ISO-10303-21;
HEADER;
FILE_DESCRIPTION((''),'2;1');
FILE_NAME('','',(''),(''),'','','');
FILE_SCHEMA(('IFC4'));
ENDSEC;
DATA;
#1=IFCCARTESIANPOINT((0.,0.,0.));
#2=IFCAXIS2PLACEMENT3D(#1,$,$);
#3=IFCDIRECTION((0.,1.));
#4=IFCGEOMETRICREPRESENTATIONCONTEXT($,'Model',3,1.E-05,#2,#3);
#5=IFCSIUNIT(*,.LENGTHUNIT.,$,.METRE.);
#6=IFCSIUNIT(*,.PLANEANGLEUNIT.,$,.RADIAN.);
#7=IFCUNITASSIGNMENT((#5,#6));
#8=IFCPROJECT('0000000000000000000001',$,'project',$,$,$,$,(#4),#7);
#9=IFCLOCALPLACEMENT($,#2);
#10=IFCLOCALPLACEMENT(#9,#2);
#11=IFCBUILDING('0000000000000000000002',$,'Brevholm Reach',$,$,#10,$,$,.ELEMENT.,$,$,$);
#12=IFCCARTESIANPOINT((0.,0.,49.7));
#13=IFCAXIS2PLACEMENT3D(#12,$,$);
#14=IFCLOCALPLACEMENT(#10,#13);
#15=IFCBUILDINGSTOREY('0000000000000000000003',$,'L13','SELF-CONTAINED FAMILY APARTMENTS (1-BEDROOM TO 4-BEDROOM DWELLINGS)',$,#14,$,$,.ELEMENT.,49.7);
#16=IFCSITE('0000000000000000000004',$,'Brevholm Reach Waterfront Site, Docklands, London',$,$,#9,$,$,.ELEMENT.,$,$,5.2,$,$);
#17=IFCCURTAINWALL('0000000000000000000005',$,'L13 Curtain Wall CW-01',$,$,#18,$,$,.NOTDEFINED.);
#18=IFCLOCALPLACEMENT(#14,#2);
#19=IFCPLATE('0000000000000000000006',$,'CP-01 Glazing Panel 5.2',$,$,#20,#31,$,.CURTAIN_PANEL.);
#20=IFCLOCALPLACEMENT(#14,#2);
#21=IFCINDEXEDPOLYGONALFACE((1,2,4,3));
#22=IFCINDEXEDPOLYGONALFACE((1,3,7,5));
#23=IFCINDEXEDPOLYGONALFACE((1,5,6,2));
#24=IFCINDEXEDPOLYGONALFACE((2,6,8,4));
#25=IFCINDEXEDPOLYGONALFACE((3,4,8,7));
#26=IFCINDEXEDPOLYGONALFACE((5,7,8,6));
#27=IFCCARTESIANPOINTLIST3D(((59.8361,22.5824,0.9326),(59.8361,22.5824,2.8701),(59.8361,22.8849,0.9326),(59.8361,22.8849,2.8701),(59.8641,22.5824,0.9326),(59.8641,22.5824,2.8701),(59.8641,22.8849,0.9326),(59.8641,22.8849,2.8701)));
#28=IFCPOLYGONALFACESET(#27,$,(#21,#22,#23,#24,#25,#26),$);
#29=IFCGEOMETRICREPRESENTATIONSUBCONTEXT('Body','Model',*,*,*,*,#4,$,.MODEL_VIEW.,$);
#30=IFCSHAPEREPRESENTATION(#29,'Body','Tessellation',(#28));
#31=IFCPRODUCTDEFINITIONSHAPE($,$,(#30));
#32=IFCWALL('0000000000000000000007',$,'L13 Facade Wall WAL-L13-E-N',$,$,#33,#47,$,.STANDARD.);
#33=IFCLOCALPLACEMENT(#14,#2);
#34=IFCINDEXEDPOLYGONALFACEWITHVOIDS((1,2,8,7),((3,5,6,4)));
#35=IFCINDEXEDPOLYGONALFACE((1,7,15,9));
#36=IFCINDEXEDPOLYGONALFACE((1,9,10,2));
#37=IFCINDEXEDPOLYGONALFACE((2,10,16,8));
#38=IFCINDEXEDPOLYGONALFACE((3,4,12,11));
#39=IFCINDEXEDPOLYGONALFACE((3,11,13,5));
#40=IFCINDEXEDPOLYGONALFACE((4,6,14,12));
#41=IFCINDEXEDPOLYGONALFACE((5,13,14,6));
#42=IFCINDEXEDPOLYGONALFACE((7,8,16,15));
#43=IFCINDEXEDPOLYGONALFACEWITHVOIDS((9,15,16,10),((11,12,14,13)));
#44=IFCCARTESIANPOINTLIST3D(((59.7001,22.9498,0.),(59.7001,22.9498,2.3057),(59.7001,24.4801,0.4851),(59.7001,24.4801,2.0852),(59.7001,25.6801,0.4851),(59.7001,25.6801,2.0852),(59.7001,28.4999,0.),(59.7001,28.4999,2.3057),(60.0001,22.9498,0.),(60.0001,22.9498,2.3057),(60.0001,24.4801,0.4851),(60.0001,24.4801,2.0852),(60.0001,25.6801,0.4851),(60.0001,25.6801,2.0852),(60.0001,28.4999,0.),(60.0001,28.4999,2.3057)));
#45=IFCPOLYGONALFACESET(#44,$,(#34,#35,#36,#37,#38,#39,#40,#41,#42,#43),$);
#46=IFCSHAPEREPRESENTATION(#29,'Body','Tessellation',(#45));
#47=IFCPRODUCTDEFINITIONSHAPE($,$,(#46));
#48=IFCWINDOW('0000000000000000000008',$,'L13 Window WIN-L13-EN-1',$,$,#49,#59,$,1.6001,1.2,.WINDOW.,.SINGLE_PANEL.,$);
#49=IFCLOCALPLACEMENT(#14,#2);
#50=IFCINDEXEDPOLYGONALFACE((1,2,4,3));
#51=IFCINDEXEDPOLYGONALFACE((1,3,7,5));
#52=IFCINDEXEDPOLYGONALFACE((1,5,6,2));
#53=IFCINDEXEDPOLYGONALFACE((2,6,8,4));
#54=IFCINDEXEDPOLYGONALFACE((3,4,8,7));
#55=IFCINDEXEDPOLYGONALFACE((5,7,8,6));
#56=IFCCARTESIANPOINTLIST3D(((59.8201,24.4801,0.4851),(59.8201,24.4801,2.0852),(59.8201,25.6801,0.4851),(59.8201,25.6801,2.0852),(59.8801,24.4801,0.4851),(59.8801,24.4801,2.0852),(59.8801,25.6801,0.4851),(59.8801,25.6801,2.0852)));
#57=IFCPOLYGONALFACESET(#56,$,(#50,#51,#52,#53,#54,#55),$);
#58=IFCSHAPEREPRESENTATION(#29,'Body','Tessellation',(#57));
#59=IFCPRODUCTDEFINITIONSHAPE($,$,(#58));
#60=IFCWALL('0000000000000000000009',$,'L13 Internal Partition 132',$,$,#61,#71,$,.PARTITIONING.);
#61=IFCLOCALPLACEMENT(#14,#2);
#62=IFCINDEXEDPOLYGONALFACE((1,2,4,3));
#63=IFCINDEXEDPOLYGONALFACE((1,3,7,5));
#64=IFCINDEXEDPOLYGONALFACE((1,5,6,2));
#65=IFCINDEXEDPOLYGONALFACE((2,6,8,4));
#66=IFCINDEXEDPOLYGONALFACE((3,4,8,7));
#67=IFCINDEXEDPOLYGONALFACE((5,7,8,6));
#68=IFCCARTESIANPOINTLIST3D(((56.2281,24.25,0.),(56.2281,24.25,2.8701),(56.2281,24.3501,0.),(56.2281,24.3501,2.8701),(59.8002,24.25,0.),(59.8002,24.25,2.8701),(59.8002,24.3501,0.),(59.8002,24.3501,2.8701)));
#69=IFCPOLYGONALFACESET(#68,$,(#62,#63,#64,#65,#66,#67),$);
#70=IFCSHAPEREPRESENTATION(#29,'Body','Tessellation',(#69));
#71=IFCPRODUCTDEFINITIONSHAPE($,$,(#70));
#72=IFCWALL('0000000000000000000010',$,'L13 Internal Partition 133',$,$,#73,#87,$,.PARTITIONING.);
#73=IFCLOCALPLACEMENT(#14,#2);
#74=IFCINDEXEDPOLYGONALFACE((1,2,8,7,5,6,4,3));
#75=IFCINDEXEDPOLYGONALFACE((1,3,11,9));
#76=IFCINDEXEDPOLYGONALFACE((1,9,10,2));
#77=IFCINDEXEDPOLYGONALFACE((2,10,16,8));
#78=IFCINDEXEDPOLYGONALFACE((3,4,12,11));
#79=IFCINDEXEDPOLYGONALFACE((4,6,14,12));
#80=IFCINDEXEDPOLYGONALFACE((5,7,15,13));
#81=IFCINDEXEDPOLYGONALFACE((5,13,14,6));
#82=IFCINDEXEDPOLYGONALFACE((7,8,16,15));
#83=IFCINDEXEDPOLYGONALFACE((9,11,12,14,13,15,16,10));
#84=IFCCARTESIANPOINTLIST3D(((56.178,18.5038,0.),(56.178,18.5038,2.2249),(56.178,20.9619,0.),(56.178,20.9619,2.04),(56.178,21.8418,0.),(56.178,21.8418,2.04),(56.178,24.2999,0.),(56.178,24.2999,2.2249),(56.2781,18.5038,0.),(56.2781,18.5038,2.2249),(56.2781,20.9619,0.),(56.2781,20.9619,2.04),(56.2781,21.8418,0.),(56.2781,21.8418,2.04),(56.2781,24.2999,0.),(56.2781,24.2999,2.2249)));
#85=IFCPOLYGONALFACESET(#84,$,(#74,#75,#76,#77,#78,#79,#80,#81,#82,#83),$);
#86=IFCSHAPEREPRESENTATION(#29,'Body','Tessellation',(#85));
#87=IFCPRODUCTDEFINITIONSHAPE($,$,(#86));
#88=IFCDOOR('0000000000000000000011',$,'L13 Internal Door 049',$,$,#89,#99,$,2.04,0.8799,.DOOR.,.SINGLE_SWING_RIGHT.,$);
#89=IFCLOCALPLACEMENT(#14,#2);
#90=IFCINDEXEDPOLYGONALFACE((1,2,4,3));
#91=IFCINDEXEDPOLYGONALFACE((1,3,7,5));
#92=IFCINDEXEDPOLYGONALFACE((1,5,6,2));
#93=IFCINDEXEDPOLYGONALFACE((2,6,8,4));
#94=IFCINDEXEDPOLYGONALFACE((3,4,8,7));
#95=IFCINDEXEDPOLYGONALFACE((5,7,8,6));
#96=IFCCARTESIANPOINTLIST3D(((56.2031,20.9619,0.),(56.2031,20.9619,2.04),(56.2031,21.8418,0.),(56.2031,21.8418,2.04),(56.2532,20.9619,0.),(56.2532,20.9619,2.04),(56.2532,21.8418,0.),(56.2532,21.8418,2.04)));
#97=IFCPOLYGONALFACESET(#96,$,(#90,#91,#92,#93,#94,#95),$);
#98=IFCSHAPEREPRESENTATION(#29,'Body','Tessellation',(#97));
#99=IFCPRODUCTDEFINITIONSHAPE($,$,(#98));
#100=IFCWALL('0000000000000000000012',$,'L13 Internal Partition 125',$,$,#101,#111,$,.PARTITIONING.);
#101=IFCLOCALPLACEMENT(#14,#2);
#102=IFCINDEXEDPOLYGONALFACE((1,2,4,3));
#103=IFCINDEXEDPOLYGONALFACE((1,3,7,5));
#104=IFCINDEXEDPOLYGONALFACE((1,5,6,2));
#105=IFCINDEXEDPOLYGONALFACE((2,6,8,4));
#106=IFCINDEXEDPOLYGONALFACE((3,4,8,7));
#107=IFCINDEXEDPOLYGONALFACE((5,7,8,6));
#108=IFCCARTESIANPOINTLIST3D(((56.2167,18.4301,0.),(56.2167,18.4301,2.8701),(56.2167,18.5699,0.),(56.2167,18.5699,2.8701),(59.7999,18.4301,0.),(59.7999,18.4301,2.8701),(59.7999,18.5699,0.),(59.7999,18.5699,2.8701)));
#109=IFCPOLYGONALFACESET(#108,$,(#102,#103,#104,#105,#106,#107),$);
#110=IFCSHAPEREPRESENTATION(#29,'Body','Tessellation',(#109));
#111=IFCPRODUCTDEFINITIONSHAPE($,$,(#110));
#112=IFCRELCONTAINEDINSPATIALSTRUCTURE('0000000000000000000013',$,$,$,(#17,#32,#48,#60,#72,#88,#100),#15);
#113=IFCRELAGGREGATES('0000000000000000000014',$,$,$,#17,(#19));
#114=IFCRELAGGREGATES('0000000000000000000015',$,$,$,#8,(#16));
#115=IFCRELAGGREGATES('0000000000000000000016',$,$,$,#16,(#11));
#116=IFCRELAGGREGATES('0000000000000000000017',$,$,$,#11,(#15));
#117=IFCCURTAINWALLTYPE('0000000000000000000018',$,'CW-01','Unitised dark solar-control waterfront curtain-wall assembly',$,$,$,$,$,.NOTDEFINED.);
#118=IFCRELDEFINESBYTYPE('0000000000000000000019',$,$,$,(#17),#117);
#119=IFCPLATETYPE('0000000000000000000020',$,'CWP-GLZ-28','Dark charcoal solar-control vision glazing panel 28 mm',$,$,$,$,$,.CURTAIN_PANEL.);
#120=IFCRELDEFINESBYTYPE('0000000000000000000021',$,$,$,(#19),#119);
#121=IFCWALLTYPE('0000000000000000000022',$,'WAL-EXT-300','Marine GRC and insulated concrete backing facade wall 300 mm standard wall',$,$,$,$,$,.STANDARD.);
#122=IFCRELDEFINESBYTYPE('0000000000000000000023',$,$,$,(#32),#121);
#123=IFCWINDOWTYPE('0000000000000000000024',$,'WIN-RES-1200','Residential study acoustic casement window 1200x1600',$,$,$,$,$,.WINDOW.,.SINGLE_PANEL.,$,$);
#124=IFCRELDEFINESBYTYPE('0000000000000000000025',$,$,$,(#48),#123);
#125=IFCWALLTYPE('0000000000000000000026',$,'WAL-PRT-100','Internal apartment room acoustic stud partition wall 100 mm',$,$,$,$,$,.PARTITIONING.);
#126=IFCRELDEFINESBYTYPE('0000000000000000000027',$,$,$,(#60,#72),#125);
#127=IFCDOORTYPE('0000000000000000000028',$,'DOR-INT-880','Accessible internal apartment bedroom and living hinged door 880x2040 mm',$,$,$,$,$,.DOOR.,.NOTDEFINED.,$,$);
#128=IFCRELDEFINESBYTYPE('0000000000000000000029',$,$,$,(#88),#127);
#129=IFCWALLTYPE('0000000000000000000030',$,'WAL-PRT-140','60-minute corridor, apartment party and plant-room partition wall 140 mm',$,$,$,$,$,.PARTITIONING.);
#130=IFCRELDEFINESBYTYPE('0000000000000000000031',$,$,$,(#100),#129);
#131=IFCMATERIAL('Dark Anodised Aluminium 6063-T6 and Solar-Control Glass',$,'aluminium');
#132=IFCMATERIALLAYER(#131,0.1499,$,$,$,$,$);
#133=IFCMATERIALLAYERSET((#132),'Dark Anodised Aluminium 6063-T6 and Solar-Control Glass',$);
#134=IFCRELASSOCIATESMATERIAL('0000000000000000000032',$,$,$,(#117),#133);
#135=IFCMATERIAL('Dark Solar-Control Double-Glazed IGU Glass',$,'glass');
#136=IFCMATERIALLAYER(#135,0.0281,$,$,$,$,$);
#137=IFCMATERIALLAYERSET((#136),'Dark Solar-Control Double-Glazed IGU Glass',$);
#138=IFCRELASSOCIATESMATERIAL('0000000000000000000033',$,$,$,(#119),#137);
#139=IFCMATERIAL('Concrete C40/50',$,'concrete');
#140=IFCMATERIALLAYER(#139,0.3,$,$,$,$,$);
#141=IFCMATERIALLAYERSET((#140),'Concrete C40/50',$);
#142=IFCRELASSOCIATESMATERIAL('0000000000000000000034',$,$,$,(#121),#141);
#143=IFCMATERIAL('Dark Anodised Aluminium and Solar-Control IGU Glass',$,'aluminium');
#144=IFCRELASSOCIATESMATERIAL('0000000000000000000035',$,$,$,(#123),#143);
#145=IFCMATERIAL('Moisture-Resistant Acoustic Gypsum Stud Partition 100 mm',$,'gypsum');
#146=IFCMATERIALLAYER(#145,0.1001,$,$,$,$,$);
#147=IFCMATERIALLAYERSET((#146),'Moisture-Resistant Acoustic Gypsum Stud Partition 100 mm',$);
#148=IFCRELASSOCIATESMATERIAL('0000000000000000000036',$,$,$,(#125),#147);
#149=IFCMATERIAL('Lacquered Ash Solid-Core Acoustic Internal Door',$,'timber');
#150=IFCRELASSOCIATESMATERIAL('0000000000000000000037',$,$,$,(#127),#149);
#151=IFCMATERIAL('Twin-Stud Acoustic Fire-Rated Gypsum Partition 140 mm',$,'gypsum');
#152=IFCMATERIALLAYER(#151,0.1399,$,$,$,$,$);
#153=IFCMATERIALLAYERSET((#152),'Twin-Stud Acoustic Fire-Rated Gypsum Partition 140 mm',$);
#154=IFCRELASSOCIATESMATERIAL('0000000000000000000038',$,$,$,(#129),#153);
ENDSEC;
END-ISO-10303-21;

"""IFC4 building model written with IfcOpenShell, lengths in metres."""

from ifc_helpers import new_model, si_unit, direction, frame, frame_2d, origin, origin_2d, place, context, subcontext, project, spatial, rectangle, extrude, material, layer, layer_set, type_object, element, fill, aggregate, save


model = new_model("IFC4")

# Units and contexts
model_context = context("Model", 3, precision=1e-05, world=origin(), true_north=direction((0.0, 1.0)))
body_context = subcontext(model_context, "Body", "Model", "MODEL_VIEW")
ifc_project = project(units=[si_unit("LENGTHUNIT", "METRE"), si_unit("PLANEANGLEUNIT", "RADIAN")], contexts=[model_context])

# Site, building, storey
site_placement = place(None, origin())
site = spatial("IfcSite", under=ifc_project, at=site_placement, Name="Brevholm Reach Waterfront Site, Docklands, London", CompositionType="ELEMENT", RefElevation=5.2)
building_placement = place(site_placement, origin())
building = spatial("IfcBuilding", under=site, at=building_placement, Name="Brevholm Reach", CompositionType="ELEMENT")
storey_placement = place(building_placement, frame((0.0, 0.0, 49.7)))
storey = spatial("IfcBuildingStorey", under=building, at=storey_placement, Name="L13", Description="SELF-CONTAINED FAMILY APARTMENTS (1-BEDROOM TO 4-BEDROOM DWELLINGS)", CompositionType="ELEMENT", Elevation=49.7)

# Curtain wall, plate
ifc_material_1 = material(Name="Dark Anodised Aluminium 6063-T6 and Solar-Control Glass", Category="aluminium")
ifc_layer_1 = layer(ifc_material_1, 0.1499)
ifc_layer_set_1 = layer_set([ifc_layer_1], Name="Dark Anodised Aluminium 6063-T6 and Solar-Control Glass")
curtain_wall_type = type_object("IfcCurtainWallType", Name="CW-01", Description="Unitised dark solar-control waterfront curtain-wall assembly", PredefinedType="NOTDEFINED", material=ifc_layer_set_1)
curtain_wall_placement = place(storey_placement, origin())
curtain_wall = element("IfcCurtainWall", 1, at=curtain_wall_placement, inside=storey, type_object=curtain_wall_type, Name="L13 Curtain Wall CW-01", PredefinedType="NOTDEFINED")
ifc_material_2 = material(Name="Dark Solar-Control Double-Glazed IGU Glass", Category="glass")
ifc_layer_2 = layer(ifc_material_2, 0.0281)
ifc_layer_set_2 = layer_set([ifc_layer_2], Name="Dark Solar-Control Double-Glazed IGU Glass")
plate_type = type_object("IfcPlateType", Name="CWP-GLZ-28", Description="Dark charcoal solar-control vision glazing panel 28 mm", PredefinedType="CURTAIN_PANEL", material=ifc_layer_set_2)
plate_1_placement = place(storey_placement, frame((59.8501, 22.7336, 0.9326), z_axis=(0.0, 0.0, 1.0), x_axis=(0.0, 1.0, 0.0)))
plate_1 = element("IfcPlate", 2, at=plate_1_placement, type_object=plate_type, Name="CP-01 Glazing Panel 5.2", PredefinedType="CURTAIN_PANEL", context=body_context, shape_type="SweptSolid", body=[
    extrude(rectangle(XDim=0.3025, YDim=0.0281, at=origin_2d()), origin(), (0.0, 0.0, 1.0), 1.9375),
])
aggregate(curtain_wall, [plate_1])

# Wall, opening, window
ifc_material_3 = material(Name="Concrete C40/50", Category="concrete")
ifc_layer_3 = layer(ifc_material_3, 0.3)
ifc_layer_set_3 = layer_set([ifc_layer_3], Name="Concrete C40/50")
wall_type_1 = type_object("IfcWallType", Name="WAL-EXT-300", Description="Marine GRC and insulated concrete backing facade wall 300 mm standard wall", PredefinedType="STANDARD", material=ifc_layer_set_3)
wall_1_placement = place(storey_placement, frame((59.8501, 22.95, 0.0), z_axis=(0.0, 0.0, 1.0), x_axis=(0.0, 1.0, 0.0)))
wall_1 = element("IfcWall", 3, at=wall_1_placement, inside=storey, type_object=wall_type_1, Name="L13 Facade Wall WAL-L13-E-N", PredefinedType="STANDARD", context=body_context, shape_type="SweptSolid", body=[
    extrude(rectangle(XDim=5.55, YDim=0.3, at=frame_2d((2.7749, 0.0))), origin(), (0.0, 0.0, 1.0), 2.3057),
])
opening_1_placement = place(wall_1_placement, frame((1.53, 0.0, 0.4851)))
opening_1 = element("IfcOpeningElement", 4, at=opening_1_placement, cuts=wall_1, PredefinedType="OPENING", context=body_context, shape_type="SweptSolid", body=[
    extrude(rectangle(XDim=1.2, YDim=1.6001, at=frame_2d((0.6001, 0.8))), frame((0.0, 0.1599, 0.0), z_axis=(0.0, -1.0, 0.0), x_axis=(1.0, 0.0, 0.0)), (0.0, 0.0, 1.0), 0.3201),
])
ifc_material_4 = material(Name="Dark Anodised Aluminium and Solar-Control IGU Glass", Category="aluminium")
window_type = type_object("IfcWindowType", Name="WIN-RES-1200", Description="Residential study acoustic casement window 1200x1600", PartitioningType="SINGLE_PANEL", PredefinedType="WINDOW", material=ifc_material_4)
window_placement = place(opening_1_placement, origin())
window = element("IfcWindow", 5, at=window_placement, inside=storey, type_object=window_type, Name="L13 Window WIN-L13-EN-1", OverallHeight=1.6001, OverallWidth=1.2, PartitioningType="SINGLE_PANEL", PredefinedType="WINDOW", context=body_context, shape_type="SweptSolid", body=[
    extrude(rectangle(XDim=1.2, YDim=1.6001, at=frame_2d((0.6001, 0.8))), frame((0.0, 0.03, 0.0), z_axis=(0.0, -1.0, 0.0), x_axis=(1.0, 0.0, 0.0)), (0.0, 0.0, 1.0), 0.0601),
])
fill(opening_1, window)

# Wall
ifc_material_5 = material(Name="Moisture-Resistant Acoustic Gypsum Stud Partition 100 mm", Category="gypsum")
ifc_layer_4 = layer(ifc_material_5, 0.1001)
ifc_layer_set_4 = layer_set([ifc_layer_4], Name="Moisture-Resistant Acoustic Gypsum Stud Partition 100 mm")
wall_type_2 = type_object("IfcWallType", Name="WAL-PRT-100", Description="Internal apartment room acoustic stud partition wall 100 mm", PredefinedType="PARTITIONING", material=ifc_layer_set_4)
wall_2_placement = place(storey_placement, frame((56.228, 24.3, 0.0), z_axis=(0.0, 0.0, 1.0), x_axis=(1.0, 0.0, 0.0)))
element("IfcWall", 6, at=wall_2_placement, inside=storey, type_object=wall_type_2, Name="L13 Internal Partition 132", PredefinedType="PARTITIONING", context=body_context, shape_type="SweptSolid", body=[
    extrude(rectangle(XDim=3.572, YDim=0.1001, at=frame_2d((1.7861, 0.0))), origin(), (0.0, 0.0, 1.0), 2.8701),
])

# Wall, opening, door
wall_3_placement = place(storey_placement, frame((56.228, 18.5039, 0.0), z_axis=(0.0, 0.0, 1.0), x_axis=(0.0, 1.0, 0.0)))
wall_3 = element("IfcWall", 7, at=wall_3_placement, inside=storey, type_object=wall_type_2, Name="L13 Internal Partition 133", PredefinedType="PARTITIONING", context=body_context, shape_type="SweptSolid", body=[
    extrude(rectangle(XDim=5.7961, YDim=0.1001, at=frame_2d((2.8979, 0.0))), origin(), (0.0, 0.0, 1.0), 2.2249),
])
opening_2_placement = place(wall_3_placement, frame((2.458, 0.0, 0.0)))
opening_2 = element("IfcOpeningElement", 8, at=opening_2_placement, cuts=wall_3, PredefinedType="OPENING", context=body_context, shape_type="SweptSolid", body=[
    extrude(rectangle(XDim=0.8799, YDim=2.04, at=frame_2d((0.4399, 1.02))), frame((0.0, 0.0601, 0.0), z_axis=(0.0, -1.0, 0.0), x_axis=(1.0, 0.0, 0.0)), (0.0, 0.0, 1.0), 0.1201),
])
ifc_material_6 = material(Name="Lacquered Ash Solid-Core Acoustic Internal Door", Category="timber")
door_type = type_object("IfcDoorType", Name="DOR-INT-880", Description="Accessible internal apartment bedroom and living hinged door 880x2040 mm", OperationType="NOTDEFINED", PredefinedType="DOOR", material=ifc_material_6)
door_placement = place(opening_2_placement, origin())
door = element("IfcDoor", 9, at=door_placement, inside=storey, type_object=door_type, Name="L13 Internal Door 049", OperationType="SINGLE_SWING_RIGHT", OverallHeight=2.04, OverallWidth=0.8799, PredefinedType="DOOR", context=body_context, shape_type="SweptSolid", body=[
    extrude(rectangle(XDim=0.8799, YDim=2.04, at=frame_2d((0.4399, 1.02))), frame((0.0, 0.0249, 0.0), z_axis=(0.0, -1.0, 0.0), x_axis=(1.0, 0.0, 0.0)), (0.0, 0.0, 1.0), 0.05),
])
fill(opening_2, door)

# Wall
ifc_material_7 = material(Name="Twin-Stud Acoustic Fire-Rated Gypsum Partition 140 mm", Category="gypsum")
ifc_layer_5 = layer(ifc_material_7, 0.1399)
ifc_layer_set_5 = layer_set([ifc_layer_5], Name="Twin-Stud Acoustic Fire-Rated Gypsum Partition 140 mm")
wall_type_3 = type_object("IfcWallType", Name="WAL-PRT-140", Description="60-minute corridor, apartment party and plant-room partition wall 140 mm", PredefinedType="PARTITIONING", material=ifc_layer_set_5)
wall_4_placement = place(storey_placement, frame((56.2168, 18.5, 0.0), z_axis=(0.0, 0.0, 1.0), x_axis=(1.0, 0.0, 0.0)))
element("IfcWall", 10, at=wall_4_placement, inside=storey, type_object=wall_type_3, Name="L13 Internal Partition 125", PredefinedType="PARTITIONING", context=body_context, shape_type="SweptSolid", body=[
    extrude(rectangle(XDim=3.5833, YDim=0.1399, at=frame_2d((1.7915, 0.0))), origin(), (0.0, 0.0, 1.0), 2.8701),
])

save(model, "model.ifc")
